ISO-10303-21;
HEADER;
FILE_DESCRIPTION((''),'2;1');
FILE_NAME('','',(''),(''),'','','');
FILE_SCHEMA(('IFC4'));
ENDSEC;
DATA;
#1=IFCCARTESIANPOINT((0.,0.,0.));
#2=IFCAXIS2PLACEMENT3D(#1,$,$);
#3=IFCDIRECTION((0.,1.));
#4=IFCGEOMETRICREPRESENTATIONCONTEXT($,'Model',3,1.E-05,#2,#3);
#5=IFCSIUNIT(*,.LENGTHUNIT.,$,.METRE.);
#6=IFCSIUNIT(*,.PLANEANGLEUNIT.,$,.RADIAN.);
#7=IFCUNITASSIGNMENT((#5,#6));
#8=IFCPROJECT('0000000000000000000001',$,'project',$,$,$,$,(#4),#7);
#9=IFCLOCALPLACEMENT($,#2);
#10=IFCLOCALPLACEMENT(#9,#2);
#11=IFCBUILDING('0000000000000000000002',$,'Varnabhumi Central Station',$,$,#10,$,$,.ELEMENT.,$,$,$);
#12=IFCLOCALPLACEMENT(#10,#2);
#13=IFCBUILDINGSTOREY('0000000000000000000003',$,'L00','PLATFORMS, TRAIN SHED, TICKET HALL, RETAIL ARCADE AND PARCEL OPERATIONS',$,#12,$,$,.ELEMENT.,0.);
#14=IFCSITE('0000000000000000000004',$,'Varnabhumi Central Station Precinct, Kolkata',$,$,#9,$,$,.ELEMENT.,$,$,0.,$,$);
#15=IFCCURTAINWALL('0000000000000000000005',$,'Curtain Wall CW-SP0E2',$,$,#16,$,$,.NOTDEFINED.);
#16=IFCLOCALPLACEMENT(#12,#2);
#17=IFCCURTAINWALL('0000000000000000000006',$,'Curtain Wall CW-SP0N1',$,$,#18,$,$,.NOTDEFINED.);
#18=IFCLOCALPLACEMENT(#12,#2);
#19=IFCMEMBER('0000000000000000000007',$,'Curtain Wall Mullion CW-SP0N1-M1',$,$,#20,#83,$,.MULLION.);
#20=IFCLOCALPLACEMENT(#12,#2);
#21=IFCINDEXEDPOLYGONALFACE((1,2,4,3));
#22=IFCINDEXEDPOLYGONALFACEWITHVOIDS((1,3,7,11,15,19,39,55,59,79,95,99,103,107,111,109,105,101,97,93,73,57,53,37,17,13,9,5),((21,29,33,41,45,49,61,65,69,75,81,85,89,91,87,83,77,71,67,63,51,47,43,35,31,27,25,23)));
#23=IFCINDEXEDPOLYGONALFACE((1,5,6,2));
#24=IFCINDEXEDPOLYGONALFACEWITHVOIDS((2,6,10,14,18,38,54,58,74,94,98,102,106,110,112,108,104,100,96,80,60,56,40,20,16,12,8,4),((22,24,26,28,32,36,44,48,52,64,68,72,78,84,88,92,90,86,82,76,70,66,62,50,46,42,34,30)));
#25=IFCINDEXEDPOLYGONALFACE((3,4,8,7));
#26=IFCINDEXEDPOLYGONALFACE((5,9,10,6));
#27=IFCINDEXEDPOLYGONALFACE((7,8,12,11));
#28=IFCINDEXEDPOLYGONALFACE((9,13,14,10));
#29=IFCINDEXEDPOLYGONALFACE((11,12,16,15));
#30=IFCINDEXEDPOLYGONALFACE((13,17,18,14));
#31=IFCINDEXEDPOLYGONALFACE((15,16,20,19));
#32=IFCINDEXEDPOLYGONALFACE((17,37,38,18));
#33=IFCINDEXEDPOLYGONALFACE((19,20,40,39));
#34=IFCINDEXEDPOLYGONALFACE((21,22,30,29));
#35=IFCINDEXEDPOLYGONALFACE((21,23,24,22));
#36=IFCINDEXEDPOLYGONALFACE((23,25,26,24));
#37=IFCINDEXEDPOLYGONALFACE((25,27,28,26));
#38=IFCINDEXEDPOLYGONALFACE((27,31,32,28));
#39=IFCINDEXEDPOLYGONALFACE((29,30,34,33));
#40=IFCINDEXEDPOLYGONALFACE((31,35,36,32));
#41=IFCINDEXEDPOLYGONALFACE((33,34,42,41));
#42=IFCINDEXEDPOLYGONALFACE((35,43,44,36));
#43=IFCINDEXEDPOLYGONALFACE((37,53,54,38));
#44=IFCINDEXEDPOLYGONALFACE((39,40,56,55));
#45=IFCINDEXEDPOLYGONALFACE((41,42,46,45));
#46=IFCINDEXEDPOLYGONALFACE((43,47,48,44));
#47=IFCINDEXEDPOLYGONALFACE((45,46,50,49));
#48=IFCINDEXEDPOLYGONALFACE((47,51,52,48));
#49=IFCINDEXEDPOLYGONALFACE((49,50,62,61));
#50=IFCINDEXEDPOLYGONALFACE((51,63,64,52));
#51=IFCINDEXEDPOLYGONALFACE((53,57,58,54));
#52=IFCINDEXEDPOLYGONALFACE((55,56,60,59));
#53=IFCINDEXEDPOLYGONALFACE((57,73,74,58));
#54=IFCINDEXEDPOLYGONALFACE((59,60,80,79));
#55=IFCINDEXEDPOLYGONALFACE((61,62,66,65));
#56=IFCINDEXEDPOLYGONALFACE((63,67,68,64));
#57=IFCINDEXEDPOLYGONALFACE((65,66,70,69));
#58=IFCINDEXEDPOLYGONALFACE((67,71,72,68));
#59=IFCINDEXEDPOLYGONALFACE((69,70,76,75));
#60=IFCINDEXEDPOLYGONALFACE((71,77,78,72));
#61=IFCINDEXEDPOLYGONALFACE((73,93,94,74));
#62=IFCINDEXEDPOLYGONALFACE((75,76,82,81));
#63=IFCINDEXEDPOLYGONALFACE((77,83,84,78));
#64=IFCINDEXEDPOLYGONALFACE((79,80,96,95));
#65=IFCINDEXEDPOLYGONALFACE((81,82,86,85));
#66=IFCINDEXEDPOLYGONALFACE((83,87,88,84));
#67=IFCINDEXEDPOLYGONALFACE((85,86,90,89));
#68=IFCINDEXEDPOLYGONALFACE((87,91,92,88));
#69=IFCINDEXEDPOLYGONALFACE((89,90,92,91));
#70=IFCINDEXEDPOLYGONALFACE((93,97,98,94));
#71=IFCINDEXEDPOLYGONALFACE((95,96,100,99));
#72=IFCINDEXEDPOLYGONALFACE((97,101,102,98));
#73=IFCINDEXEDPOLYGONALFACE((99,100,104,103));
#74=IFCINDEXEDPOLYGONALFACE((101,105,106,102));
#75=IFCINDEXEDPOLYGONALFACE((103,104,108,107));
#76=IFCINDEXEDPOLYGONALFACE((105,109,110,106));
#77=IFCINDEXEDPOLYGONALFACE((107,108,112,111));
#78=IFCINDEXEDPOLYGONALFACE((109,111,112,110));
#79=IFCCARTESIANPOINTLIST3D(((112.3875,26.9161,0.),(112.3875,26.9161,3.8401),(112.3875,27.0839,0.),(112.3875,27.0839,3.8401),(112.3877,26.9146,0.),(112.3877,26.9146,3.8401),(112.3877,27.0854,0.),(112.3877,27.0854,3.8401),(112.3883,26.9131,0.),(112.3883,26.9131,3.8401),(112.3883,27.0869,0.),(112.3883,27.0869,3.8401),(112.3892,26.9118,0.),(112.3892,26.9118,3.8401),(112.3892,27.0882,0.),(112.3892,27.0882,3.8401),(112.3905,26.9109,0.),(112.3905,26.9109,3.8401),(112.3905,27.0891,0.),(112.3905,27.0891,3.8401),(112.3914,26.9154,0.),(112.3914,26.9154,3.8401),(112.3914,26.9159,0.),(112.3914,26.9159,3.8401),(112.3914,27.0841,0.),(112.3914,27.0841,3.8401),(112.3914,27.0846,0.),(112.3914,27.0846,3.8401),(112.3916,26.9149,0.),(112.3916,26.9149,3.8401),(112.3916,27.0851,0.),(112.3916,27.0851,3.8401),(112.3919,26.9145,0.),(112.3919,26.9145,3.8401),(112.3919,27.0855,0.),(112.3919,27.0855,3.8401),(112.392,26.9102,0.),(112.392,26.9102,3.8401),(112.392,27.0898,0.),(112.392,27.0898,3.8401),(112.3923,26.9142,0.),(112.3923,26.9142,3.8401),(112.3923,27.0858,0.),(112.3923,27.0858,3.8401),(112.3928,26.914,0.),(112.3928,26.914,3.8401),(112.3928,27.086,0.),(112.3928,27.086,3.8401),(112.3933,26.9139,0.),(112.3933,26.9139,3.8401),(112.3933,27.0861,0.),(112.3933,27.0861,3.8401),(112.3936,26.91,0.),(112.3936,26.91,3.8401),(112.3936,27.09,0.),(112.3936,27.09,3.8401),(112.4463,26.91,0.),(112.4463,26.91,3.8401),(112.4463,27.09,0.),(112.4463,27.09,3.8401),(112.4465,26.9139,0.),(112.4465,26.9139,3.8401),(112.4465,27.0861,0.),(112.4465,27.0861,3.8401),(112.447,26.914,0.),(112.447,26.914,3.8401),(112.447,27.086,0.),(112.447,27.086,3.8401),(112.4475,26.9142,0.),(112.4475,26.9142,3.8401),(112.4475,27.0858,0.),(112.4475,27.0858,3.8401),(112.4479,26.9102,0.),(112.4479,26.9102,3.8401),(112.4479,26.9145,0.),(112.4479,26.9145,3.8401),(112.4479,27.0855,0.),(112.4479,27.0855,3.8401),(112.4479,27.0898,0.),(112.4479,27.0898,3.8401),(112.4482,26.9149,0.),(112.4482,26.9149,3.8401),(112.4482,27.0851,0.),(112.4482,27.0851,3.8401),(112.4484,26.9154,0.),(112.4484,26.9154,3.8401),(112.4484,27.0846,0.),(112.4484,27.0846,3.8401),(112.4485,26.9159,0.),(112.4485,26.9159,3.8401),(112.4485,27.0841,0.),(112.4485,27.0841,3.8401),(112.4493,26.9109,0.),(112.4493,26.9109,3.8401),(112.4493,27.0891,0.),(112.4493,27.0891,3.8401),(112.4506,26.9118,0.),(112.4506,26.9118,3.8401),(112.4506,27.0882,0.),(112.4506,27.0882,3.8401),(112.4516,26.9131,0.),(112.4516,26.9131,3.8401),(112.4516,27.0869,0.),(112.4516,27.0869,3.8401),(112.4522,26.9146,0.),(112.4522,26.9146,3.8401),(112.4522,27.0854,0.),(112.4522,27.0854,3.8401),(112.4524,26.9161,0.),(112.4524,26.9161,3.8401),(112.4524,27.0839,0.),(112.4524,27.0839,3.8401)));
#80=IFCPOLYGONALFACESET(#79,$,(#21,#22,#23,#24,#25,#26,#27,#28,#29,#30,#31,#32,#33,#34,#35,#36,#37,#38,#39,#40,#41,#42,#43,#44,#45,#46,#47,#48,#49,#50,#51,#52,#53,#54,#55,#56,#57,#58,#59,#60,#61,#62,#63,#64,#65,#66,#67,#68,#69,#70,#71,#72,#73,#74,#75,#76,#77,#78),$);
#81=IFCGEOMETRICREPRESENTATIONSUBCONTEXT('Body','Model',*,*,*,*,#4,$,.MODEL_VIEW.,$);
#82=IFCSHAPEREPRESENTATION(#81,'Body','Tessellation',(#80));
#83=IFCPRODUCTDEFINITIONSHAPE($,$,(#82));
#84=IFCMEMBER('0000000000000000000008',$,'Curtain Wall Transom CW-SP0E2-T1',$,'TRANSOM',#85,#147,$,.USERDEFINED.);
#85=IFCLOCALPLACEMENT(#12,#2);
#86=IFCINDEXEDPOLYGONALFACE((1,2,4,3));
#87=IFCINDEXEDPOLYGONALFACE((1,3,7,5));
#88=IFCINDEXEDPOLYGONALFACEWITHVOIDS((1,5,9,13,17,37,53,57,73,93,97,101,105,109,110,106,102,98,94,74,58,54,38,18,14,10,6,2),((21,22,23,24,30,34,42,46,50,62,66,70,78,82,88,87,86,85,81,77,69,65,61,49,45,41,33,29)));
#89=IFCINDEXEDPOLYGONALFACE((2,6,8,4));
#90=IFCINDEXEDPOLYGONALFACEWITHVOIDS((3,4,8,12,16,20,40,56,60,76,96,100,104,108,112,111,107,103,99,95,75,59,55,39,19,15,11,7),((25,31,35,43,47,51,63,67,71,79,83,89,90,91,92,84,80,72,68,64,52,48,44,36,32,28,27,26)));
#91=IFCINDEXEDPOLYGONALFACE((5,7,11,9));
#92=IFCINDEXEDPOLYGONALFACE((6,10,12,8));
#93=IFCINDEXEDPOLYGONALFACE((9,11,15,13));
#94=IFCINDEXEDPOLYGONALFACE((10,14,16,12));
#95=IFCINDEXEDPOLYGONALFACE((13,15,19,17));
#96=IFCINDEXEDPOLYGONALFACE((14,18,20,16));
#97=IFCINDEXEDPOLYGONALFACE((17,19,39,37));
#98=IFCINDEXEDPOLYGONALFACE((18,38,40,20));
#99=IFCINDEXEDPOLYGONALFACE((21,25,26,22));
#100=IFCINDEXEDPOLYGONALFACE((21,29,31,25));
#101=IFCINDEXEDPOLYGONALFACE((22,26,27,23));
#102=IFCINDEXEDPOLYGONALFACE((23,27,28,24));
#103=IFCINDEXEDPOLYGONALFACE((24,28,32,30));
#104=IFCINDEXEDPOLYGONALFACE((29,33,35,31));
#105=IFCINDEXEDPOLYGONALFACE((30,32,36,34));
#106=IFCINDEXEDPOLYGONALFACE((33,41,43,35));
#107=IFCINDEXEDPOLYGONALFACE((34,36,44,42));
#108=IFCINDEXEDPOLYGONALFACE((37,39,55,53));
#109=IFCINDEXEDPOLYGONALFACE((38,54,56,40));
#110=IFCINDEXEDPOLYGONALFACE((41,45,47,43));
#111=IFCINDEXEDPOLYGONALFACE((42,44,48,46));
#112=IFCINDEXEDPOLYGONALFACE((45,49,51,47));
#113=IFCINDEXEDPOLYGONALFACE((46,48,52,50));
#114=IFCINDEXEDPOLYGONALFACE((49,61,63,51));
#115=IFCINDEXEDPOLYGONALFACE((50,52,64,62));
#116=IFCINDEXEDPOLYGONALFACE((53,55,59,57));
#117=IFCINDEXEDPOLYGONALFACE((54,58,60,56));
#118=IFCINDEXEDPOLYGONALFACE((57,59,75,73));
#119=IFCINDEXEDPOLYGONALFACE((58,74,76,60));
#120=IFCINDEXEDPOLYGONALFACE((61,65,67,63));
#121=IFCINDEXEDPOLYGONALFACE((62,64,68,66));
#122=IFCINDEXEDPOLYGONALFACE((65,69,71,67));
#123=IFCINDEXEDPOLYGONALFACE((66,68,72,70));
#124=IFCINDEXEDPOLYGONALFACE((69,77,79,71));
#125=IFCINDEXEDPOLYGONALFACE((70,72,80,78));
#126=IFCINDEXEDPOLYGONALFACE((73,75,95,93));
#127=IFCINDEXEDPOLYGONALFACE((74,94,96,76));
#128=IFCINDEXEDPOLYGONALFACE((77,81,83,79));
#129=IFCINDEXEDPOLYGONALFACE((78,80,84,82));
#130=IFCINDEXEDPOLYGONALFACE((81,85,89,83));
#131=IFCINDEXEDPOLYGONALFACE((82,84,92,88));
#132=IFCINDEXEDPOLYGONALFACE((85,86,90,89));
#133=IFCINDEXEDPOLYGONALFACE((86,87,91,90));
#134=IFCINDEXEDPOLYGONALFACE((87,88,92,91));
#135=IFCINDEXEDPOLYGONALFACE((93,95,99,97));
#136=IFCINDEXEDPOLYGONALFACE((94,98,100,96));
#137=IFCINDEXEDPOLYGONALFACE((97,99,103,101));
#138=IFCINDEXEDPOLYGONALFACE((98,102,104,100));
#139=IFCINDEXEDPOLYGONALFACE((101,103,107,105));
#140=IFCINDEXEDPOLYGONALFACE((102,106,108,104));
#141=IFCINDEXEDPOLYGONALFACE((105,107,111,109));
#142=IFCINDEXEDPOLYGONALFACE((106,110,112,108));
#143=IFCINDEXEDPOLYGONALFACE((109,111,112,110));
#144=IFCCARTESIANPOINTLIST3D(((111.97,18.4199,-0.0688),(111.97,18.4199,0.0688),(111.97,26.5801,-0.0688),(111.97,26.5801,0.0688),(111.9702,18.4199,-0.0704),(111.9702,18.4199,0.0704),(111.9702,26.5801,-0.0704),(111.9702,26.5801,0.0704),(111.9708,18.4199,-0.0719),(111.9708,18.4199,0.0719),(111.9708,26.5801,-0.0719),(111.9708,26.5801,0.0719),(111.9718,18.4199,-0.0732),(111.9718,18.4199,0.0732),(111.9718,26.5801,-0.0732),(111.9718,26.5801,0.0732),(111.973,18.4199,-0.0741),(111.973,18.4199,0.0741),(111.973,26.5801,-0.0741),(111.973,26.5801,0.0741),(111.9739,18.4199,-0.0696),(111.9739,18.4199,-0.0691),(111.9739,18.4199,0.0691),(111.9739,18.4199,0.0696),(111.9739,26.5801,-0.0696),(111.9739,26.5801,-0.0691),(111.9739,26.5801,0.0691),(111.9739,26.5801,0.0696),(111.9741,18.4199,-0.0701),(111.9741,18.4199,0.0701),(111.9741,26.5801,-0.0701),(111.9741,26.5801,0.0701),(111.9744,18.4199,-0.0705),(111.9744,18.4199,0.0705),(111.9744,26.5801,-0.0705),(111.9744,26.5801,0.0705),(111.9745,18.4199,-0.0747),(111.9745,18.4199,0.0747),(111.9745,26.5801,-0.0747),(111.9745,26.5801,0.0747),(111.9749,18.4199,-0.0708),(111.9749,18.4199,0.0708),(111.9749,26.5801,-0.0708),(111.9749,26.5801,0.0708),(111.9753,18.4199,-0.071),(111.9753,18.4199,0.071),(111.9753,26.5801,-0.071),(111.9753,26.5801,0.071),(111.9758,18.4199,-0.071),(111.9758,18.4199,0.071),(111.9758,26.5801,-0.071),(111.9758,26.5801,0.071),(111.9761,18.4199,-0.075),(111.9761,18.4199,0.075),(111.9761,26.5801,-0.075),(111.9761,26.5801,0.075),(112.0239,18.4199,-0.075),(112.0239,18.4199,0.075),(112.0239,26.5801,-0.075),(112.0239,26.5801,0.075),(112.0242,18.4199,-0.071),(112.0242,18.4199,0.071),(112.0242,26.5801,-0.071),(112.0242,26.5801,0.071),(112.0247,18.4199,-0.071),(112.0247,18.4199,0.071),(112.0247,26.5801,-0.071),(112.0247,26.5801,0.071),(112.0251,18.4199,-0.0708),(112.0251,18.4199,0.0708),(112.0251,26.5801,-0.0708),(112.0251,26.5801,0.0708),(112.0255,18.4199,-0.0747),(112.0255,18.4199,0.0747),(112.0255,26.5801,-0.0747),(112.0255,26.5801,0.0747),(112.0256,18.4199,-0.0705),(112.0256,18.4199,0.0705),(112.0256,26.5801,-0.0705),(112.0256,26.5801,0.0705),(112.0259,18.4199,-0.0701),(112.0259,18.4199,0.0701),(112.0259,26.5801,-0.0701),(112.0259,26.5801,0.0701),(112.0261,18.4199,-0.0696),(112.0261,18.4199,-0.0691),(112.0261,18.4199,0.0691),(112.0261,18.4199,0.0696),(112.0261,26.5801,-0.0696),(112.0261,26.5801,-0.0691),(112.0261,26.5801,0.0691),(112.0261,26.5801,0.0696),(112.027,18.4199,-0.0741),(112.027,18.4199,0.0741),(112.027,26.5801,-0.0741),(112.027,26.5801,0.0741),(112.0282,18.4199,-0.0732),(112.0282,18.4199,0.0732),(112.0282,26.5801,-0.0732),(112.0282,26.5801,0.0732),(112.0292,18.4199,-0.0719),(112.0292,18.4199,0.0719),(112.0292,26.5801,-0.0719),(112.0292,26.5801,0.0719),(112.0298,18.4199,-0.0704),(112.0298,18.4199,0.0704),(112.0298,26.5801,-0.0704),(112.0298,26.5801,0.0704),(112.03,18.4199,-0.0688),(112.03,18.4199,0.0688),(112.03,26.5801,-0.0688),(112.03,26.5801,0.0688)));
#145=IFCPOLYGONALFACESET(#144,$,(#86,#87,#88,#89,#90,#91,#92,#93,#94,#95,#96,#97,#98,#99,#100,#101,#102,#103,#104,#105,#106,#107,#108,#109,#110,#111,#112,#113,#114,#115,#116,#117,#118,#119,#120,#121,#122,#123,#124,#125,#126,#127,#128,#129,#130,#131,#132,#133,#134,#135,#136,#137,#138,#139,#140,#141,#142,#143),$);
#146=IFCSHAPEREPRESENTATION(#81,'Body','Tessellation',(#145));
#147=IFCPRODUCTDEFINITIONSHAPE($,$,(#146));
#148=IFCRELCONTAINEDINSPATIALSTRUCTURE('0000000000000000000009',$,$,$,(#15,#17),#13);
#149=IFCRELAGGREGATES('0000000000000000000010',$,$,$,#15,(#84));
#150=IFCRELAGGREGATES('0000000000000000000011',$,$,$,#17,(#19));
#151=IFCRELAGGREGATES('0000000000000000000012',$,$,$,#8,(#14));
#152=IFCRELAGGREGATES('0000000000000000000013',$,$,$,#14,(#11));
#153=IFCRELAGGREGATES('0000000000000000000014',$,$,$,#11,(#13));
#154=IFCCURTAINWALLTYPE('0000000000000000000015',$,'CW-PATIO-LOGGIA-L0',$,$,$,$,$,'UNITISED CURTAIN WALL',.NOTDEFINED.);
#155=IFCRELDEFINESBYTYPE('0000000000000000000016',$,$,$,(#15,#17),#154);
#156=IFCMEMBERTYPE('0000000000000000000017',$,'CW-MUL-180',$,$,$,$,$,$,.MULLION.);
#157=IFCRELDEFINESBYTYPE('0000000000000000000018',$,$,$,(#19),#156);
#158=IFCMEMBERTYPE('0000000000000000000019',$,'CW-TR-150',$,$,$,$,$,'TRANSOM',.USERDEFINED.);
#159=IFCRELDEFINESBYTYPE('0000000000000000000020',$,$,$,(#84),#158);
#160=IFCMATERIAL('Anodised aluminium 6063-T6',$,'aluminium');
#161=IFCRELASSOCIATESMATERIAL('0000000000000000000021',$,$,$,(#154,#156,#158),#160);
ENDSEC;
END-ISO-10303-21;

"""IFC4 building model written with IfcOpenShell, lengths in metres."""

from ifc_helpers import new_model, si_unit, direction, frame, origin, origin_2d, place, context, subcontext, project, spatial, hollow_rectangle, extrude, material, material_profile, profile_set, type_object, element, aggregate, save


model = new_model("IFC4")

# Units and contexts
model_context = context("Model", 3, precision=1e-05, world=origin(), true_north=direction((0.0, 1.0)))
body_context = subcontext(model_context, "Body", "Model", "MODEL_VIEW")
ifc_project = project(units=[si_unit("LENGTHUNIT", "METRE"), si_unit("PLANEANGLEUNIT", "RADIAN")], contexts=[model_context])

# Site, building, storey
site_placement = place(None, origin())
site = spatial("IfcSite", under=ifc_project, at=site_placement, Name="Varnabhumi Central Station Precinct, Kolkata", CompositionType="ELEMENT", RefElevation=0.0)
building_placement = place(site_placement, origin())
building = spatial("IfcBuilding", under=site, at=building_placement, Name="Varnabhumi Central Station", CompositionType="ELEMENT")
storey_placement = place(building_placement, origin())
storey = spatial("IfcBuildingStorey", under=building, at=storey_placement, Name="L00", Description="PLATFORMS, TRAIN SHED, TICKET HALL, RETAIL ARCADE AND PARCEL OPERATIONS", CompositionType="ELEMENT", Elevation=0.0)

# Curtain wall
ifc_material_1 = material(Name="Anodised aluminium 6063-T6", Category="aluminium")
curtain_wall_type = type_object("IfcCurtainWallType", Name="CW-PATIO-LOGGIA-L0", ElementType="UNITISED CURTAIN WALL", PredefinedType="NOTDEFINED", material=ifc_material_1)
curtain_wall_1_placement = place(storey_placement, origin())
curtain_wall_1 = element("IfcCurtainWall", 1, at=curtain_wall_1_placement, inside=storey, type_object=curtain_wall_type, Name="Curtain Wall CW-SP0E2", PredefinedType="NOTDEFINED")
ifc_material_profile_1 = material_profile(ifc_material_1, hollow_rectangle(XDim=0.0649, YDim=0.1799, WallThickness=0.0039, InnerFilletRadius=0.002, OuterFilletRadius=0.0061, at=origin_2d()), Name="Anodised aluminium 6063-T6", Category="aluminium")
ifc_profile_set_1 = profile_set([ifc_material_profile_1], Name="Anodised aluminium 6063-T6")
member_type_1 = type_object("IfcMemberType", Name="CW-MUL-180", PredefinedType="MULLION", material=ifc_profile_set_1)

# Curtain wall, member
curtain_wall_2_placement = place(storey_placement, origin())
curtain_wall_2 = element("IfcCurtainWall", 2, at=curtain_wall_2_placement, inside=storey, type_object=curtain_wall_type, Name="Curtain Wall CW-SP0N1", PredefinedType="NOTDEFINED")
member_1_placement = place(storey_placement, frame((112.4199, 27.0, 0.0), z_axis=(0.0, 0.0, 1.0), x_axis=(1.0, 0.0, 0.0)))
member_1 = element("IfcMember", 3, at=member_1_placement, type_object=member_type_1, Name="Curtain Wall Mullion CW-SP0N1-M1", PredefinedType="MULLION", context=body_context, shape_type="SweptSolid", body=[
    extrude(hollow_rectangle(XDim=0.0649, YDim=0.1799, WallThickness=0.0039, InnerFilletRadius=0.002, OuterFilletRadius=0.0061, at=origin_2d()), origin(), (0.0, 0.0, 1.0), 3.8401),
])

# Member
ifc_material_profile_2 = material_profile(ifc_material_1, hollow_rectangle(XDim=0.0601, YDim=0.1499, WallThickness=0.0039, InnerFilletRadius=0.002, OuterFilletRadius=0.0061, at=origin_2d()), Name="Anodised aluminium 6063-T6", Category="aluminium")
ifc_profile_set_2 = profile_set([ifc_material_profile_2], Name="Anodised aluminium 6063-T6")
member_type_2 = type_object("IfcMemberType", Name="CW-TR-150", ElementType="TRANSOM", PredefinedType="USERDEFINED", material=ifc_profile_set_2)
member_2_placement = place(storey_placement, frame((112.0, 18.4199, 0.0), z_axis=(0.0, 1.0, 0.0), x_axis=(-1.0, 0.0, 0.0)))
member_2 = element("IfcMember", 4, at=member_2_placement, type_object=member_type_2, Name="Curtain Wall Transom CW-SP0E2-T1", ObjectType="TRANSOM", PredefinedType="USERDEFINED", context=body_context, shape_type="SweptSolid", body=[
    extrude(hollow_rectangle(XDim=0.0601, YDim=0.1499, WallThickness=0.0039, InnerFilletRadius=0.002, OuterFilletRadius=0.0061, at=origin_2d()), origin(), (0.0, 0.0, 1.0), 8.1602),
])

aggregate(curtain_wall_1, [member_2])
aggregate(curtain_wall_2, [member_1])

save(model, "model.ifc")
